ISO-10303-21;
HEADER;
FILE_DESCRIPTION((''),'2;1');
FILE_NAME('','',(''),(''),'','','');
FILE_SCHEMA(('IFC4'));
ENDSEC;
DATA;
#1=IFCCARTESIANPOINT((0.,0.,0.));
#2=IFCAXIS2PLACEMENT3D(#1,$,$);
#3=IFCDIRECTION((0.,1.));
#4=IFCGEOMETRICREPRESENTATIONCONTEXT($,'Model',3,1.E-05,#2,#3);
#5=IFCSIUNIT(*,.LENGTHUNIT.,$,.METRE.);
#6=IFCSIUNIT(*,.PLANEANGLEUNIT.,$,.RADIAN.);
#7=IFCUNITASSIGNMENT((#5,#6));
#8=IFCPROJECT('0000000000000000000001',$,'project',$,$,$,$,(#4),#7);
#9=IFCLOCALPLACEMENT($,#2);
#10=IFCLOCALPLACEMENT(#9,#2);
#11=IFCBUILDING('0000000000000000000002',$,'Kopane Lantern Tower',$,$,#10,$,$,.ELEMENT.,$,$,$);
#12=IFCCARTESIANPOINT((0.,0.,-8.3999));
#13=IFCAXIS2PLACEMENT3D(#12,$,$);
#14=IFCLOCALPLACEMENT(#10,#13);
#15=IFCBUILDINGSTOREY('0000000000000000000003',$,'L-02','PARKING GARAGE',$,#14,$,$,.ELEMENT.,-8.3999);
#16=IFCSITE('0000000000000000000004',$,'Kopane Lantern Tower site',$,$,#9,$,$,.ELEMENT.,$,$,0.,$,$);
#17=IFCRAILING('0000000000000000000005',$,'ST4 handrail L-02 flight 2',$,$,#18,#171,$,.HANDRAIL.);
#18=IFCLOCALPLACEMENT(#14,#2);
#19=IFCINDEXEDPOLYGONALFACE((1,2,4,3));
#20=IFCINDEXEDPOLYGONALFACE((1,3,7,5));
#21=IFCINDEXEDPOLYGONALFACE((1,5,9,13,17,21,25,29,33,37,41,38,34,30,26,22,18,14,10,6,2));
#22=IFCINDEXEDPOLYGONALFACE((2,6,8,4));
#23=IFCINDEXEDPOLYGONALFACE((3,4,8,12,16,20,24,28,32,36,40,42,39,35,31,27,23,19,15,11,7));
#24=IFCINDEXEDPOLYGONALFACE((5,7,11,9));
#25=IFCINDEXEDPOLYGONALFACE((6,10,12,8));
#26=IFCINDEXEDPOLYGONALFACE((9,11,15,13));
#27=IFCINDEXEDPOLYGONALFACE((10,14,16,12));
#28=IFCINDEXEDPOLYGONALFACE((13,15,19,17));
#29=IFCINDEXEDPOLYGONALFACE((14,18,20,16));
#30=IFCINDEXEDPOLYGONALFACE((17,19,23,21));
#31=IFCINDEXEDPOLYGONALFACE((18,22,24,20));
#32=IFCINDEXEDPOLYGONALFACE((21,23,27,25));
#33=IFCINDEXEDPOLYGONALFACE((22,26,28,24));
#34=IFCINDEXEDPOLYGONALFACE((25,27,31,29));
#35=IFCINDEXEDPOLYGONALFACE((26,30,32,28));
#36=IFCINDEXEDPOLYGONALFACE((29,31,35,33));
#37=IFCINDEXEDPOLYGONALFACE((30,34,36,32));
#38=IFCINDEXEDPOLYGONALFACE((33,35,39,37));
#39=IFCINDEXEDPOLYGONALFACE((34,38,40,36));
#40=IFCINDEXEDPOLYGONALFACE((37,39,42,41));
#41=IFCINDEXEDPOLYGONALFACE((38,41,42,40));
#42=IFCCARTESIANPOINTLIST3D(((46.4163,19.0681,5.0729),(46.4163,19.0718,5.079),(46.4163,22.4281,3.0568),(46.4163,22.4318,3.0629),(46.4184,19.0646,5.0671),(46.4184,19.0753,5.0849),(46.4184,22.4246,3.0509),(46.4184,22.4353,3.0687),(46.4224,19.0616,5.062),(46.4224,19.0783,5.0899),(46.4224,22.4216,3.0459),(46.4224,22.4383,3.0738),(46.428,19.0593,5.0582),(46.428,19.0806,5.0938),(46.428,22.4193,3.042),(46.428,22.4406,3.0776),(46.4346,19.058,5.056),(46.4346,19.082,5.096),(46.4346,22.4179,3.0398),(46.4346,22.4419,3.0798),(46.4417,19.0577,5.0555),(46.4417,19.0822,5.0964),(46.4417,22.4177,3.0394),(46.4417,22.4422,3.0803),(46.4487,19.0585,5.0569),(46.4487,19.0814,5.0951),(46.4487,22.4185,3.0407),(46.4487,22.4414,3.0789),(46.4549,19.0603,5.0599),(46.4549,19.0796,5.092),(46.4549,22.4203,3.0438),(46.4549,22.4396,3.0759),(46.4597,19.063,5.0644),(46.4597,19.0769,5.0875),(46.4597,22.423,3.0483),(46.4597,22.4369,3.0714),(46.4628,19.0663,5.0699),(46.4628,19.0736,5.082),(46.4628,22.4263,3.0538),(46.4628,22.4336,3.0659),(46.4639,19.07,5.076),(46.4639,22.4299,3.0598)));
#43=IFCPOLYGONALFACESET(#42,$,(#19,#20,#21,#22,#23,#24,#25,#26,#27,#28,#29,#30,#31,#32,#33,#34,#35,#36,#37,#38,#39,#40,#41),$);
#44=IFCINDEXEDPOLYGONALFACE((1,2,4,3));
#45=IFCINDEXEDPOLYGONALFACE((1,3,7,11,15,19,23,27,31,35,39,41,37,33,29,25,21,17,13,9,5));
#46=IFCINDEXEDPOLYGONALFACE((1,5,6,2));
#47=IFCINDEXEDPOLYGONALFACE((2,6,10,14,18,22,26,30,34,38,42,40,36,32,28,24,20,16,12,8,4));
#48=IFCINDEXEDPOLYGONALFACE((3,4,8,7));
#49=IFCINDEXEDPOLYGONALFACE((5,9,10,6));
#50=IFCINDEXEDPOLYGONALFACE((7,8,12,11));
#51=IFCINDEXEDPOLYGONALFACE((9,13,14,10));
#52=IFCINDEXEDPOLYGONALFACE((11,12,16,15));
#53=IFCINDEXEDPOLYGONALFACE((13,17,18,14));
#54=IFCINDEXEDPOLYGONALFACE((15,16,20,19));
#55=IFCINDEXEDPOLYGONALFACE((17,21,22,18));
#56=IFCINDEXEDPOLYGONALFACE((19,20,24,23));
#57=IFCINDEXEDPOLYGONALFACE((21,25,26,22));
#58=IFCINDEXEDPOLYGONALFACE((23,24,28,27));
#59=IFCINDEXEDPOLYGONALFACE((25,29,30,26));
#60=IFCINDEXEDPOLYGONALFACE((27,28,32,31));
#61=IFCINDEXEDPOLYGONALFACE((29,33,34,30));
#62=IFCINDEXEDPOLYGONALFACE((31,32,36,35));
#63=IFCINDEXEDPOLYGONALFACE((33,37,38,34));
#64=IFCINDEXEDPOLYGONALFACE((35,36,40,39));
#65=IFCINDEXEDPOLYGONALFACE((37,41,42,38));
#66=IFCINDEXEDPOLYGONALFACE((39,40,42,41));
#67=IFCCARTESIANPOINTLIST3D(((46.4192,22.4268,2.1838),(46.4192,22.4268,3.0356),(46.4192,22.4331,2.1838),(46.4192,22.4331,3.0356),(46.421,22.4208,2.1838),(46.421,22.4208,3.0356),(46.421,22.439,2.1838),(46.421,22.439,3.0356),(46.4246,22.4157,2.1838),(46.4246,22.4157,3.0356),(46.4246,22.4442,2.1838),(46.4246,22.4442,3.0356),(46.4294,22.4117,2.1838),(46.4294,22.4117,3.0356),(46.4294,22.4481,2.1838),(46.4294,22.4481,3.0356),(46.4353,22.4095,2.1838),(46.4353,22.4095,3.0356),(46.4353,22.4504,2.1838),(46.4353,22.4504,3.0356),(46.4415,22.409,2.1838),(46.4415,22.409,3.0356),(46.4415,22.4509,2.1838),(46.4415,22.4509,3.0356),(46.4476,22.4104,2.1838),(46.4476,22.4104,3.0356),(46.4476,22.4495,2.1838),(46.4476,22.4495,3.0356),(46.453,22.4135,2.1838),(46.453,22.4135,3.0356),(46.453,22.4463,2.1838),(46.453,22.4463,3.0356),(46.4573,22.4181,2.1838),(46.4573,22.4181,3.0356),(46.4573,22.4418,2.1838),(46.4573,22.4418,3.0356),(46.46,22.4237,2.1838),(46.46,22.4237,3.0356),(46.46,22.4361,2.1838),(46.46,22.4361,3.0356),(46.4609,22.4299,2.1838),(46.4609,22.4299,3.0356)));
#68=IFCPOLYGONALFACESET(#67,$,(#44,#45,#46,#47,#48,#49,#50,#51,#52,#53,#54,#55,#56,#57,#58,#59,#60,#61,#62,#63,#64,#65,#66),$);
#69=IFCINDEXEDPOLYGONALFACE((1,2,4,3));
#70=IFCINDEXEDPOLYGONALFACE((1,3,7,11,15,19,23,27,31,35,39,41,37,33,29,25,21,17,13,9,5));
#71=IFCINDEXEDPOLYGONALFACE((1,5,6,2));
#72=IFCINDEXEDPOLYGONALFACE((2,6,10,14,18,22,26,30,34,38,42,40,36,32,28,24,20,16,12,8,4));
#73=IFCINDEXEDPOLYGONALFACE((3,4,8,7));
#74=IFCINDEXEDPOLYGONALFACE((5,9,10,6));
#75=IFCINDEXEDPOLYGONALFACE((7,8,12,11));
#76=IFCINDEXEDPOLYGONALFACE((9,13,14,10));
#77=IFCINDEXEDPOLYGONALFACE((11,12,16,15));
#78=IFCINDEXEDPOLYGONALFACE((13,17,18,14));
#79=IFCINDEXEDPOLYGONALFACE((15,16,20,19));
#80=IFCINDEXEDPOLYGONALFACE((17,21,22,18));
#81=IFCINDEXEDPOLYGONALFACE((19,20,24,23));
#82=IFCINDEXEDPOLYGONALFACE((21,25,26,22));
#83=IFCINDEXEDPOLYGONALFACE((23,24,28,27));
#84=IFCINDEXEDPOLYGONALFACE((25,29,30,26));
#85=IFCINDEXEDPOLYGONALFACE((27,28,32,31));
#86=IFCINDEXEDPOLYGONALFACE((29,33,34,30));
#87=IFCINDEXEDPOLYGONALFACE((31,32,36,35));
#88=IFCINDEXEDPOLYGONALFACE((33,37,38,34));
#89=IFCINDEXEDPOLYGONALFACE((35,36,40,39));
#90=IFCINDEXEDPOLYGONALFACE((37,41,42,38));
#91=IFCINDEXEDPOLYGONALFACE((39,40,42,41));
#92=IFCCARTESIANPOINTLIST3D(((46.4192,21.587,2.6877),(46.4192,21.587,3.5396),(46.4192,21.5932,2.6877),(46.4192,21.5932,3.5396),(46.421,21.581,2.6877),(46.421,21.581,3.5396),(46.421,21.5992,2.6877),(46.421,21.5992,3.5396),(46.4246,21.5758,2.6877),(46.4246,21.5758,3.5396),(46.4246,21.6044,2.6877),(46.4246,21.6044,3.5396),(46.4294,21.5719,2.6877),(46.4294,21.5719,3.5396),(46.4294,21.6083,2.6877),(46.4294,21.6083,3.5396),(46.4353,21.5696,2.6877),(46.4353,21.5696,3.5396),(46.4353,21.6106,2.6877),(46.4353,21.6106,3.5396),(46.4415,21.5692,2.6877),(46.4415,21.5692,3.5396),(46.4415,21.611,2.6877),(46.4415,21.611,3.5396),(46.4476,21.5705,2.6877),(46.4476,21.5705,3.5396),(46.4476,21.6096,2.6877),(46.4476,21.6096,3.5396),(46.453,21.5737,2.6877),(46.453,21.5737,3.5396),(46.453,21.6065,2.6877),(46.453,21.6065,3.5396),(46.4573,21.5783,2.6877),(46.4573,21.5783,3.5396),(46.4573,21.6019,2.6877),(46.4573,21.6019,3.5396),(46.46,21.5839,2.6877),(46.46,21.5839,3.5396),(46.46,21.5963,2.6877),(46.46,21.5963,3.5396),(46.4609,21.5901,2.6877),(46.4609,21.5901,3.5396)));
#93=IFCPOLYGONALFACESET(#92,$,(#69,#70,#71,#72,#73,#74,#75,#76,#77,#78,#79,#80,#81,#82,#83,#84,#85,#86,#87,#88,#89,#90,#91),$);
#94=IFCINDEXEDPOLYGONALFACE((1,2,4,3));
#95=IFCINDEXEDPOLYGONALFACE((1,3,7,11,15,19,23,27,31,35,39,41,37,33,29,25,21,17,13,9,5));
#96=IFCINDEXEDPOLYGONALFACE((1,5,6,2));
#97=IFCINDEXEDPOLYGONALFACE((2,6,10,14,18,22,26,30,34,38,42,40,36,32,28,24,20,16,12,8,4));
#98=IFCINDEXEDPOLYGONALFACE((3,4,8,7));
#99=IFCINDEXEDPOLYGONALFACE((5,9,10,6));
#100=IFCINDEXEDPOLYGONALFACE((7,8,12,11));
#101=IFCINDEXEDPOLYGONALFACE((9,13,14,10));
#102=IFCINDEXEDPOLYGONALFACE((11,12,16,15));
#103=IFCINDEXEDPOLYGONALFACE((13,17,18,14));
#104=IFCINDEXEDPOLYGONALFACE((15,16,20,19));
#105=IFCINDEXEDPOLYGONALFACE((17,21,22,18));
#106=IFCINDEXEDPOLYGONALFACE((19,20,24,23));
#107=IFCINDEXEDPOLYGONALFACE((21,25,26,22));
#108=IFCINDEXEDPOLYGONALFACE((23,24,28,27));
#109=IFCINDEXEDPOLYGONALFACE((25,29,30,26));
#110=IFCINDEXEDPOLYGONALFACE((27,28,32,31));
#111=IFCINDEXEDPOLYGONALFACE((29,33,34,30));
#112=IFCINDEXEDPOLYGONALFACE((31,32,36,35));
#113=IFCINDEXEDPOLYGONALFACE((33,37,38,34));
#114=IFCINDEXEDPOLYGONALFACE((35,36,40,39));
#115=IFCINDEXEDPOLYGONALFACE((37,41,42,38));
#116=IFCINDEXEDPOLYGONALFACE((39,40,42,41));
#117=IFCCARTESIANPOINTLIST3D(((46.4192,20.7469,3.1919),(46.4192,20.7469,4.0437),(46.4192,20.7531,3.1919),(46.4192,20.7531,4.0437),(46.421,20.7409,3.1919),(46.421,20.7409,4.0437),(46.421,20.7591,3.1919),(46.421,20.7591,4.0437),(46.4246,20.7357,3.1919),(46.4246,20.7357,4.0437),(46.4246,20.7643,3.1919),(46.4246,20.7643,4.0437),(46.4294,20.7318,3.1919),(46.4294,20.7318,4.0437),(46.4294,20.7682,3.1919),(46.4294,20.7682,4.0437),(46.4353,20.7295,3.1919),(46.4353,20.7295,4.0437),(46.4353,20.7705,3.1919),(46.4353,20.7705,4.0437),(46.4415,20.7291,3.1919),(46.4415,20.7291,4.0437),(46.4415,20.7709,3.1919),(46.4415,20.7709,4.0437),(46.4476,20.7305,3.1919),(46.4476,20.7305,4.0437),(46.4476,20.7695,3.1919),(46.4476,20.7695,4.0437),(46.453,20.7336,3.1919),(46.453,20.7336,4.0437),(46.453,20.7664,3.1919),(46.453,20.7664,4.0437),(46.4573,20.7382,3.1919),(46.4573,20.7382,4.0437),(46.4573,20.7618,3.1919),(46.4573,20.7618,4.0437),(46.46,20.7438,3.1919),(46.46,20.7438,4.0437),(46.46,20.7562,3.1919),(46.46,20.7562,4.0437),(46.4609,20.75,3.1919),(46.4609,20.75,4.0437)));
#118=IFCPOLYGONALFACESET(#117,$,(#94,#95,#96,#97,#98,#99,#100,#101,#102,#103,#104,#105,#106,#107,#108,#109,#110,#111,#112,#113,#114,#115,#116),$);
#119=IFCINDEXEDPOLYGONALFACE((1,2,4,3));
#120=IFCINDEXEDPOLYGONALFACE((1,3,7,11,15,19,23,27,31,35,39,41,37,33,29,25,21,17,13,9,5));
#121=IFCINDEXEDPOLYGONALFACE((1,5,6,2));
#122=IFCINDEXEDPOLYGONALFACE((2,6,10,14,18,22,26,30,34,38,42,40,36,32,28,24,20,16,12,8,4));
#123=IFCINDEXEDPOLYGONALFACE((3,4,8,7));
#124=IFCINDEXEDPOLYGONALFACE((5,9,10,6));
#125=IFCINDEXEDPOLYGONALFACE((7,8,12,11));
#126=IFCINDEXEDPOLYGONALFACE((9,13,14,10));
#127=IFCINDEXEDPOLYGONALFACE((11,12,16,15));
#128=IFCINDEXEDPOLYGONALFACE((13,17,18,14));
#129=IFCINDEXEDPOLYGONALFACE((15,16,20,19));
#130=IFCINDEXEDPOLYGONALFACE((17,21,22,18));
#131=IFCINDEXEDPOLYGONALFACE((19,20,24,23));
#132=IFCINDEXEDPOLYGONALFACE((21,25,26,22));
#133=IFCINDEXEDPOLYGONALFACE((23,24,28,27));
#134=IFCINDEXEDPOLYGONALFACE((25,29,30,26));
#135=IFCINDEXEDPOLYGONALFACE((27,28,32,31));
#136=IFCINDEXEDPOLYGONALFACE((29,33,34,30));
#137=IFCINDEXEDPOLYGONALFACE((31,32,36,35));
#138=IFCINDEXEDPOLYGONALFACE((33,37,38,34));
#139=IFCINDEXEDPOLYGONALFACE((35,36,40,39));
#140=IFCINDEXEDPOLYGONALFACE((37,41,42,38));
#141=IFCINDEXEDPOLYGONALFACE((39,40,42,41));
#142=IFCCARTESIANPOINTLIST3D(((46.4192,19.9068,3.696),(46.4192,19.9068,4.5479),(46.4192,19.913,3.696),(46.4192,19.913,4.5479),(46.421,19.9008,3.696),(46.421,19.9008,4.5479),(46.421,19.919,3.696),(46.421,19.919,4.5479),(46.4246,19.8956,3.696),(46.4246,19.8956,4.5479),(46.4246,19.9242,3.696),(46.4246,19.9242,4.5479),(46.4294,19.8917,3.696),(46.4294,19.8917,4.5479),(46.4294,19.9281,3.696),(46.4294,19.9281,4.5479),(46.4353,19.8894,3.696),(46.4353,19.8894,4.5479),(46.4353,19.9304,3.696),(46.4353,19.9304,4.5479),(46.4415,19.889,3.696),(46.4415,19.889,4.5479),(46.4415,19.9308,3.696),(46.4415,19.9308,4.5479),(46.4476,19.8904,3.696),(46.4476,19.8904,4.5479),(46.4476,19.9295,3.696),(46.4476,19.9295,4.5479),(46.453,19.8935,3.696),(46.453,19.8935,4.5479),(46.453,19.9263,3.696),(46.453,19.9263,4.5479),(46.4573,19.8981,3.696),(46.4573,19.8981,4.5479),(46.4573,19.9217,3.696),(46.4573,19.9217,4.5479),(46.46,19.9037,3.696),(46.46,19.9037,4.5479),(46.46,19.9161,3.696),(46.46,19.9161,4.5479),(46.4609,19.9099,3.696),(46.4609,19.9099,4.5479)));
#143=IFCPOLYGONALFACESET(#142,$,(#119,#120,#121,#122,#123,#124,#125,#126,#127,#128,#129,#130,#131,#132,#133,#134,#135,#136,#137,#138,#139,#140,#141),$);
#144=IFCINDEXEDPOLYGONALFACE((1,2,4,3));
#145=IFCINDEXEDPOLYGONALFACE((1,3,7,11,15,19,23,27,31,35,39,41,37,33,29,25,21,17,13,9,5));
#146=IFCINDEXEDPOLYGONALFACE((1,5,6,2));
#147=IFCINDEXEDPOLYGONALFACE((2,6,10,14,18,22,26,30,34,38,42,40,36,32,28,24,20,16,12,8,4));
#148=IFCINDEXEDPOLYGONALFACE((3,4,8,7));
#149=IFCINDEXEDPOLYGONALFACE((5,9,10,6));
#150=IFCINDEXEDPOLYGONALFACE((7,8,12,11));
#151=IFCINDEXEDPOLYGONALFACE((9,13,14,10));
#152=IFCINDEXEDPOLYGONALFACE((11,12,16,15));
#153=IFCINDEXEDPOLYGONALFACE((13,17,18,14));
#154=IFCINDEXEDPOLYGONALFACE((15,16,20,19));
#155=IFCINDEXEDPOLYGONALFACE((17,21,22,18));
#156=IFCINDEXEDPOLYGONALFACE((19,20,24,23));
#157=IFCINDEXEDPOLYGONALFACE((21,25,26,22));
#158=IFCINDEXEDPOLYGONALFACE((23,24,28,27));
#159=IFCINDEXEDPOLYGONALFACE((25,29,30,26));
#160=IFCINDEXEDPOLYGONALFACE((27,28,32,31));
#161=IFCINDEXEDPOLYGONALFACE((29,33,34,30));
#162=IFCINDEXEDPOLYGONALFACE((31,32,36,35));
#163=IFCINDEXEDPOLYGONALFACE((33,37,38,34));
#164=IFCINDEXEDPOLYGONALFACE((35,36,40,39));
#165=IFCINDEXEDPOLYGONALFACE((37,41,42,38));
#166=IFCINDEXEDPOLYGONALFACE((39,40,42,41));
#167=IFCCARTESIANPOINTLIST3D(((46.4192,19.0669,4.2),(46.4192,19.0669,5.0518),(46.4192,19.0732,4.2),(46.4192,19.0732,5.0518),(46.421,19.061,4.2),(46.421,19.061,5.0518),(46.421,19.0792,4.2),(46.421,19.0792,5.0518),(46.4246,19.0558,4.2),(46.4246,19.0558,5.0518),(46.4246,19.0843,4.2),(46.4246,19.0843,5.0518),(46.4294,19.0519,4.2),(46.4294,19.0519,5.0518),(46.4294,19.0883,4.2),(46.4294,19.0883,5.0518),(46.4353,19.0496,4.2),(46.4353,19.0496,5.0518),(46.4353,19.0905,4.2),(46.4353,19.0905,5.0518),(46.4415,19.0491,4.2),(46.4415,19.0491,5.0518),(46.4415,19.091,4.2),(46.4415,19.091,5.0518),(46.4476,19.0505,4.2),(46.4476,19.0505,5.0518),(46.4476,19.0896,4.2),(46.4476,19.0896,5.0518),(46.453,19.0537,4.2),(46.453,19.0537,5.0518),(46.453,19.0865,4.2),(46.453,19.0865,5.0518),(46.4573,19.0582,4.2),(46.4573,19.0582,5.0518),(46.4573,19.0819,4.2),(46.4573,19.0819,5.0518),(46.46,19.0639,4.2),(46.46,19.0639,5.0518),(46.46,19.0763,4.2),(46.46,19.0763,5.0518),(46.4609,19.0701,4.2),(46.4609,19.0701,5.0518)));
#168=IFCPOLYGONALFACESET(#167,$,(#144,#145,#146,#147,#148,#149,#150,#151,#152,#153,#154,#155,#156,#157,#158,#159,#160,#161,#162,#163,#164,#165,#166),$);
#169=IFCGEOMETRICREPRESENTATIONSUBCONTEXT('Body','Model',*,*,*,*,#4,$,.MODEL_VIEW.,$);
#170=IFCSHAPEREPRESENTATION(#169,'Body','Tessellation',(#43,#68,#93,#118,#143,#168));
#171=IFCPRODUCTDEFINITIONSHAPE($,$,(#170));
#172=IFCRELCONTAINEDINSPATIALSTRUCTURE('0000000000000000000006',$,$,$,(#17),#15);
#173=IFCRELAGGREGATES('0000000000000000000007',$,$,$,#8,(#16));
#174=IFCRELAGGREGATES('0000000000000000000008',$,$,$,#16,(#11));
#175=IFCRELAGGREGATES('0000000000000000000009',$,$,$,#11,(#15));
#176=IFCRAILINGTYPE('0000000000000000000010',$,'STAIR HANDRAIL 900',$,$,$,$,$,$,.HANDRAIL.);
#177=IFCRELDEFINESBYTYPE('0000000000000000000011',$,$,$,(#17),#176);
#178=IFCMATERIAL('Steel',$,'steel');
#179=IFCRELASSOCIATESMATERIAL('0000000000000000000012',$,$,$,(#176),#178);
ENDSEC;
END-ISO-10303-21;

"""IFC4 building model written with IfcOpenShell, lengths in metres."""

from ifc_helpers import new_model, si_unit, direction, frame, origin, origin_2d, place, context, subcontext, project, spatial, circle, extrude, material, type_object, element, save


model = new_model("IFC4")

# Units and contexts
model_context = context("Model", 3, precision=1e-05, world=origin(), true_north=direction((0.0, 1.0)))
body_context = subcontext(model_context, "Body", "Model", "MODEL_VIEW")
ifc_project = project(units=[si_unit("LENGTHUNIT", "METRE"), si_unit("PLANEANGLEUNIT", "RADIAN")], contexts=[model_context])

# Site, building, storey
site_placement = place(None, origin())
site = spatial("IfcSite", under=ifc_project, at=site_placement, Name="Kopane Lantern Tower site", CompositionType="ELEMENT", RefElevation=0.0)
building_placement = place(site_placement, origin())
building = spatial("IfcBuilding", under=site, at=building_placement, Name="Kopane Lantern Tower", CompositionType="ELEMENT")
storey_placement = place(building_placement, frame((0.0, 0.0, -8.3999)))
storey = spatial("IfcBuildingStorey", under=building, at=storey_placement, Name="L-02", Description="PARKING GARAGE", CompositionType="ELEMENT", Elevation=-8.3999)

# Railing
ifc_material_1 = material(Name="Steel", Category="steel")
railing_type_1 = type_object("IfcRailingType", Name="STAIR HANDRAIL 900", PredefinedType="HANDRAIL", material=ifc_material_1)
for number, where, name in (
    (1, (46.4399, 22.4299, 2.1838), "ST4 handrail L-02 flight 2"),
):
    element("IfcRailing", number, at=place(storey_placement, frame(where)), inside=storey, type_object=railing_type_1, Name=name, PredefinedType="HANDRAIL", context=body_context, shape_type="SweptSolid", body=[
        extrude(circle(Radius=0.0239, at=origin_2d()), frame((0.0, 0.0, 0.876), z_axis=(0.0, -0.857471, 0.514532), x_axis=(1.0, 0.0, 0.0)), (0.0, 0.0, 1.0), 3.9185),
        extrude(circle(Radius=0.021, at=origin_2d()), origin(), (0.0, 0.0, 1.0), 0.8518),
        extrude(circle(Radius=0.021, at=origin_2d()), frame((0.0, -0.8398, 0.5039)), (0.0, 0.0, 1.0), 0.8518),
        extrude(circle(Radius=0.021, at=origin_2d()), frame((0.0, -1.6799, 1.0081)), (0.0, 0.0, 1.0), 0.8518),
        extrude(circle(Radius=0.021, at=origin_2d()), frame((0.0, -2.52, 1.5122)), (0.0, 0.0, 1.0), 0.8518),
        extrude(circle(Radius=0.021, at=origin_2d()), frame((0.0, -3.3599, 2.0161)), (0.0, 0.0, 1.0), 0.8518),
    ])

save(model, "model.ifc")
